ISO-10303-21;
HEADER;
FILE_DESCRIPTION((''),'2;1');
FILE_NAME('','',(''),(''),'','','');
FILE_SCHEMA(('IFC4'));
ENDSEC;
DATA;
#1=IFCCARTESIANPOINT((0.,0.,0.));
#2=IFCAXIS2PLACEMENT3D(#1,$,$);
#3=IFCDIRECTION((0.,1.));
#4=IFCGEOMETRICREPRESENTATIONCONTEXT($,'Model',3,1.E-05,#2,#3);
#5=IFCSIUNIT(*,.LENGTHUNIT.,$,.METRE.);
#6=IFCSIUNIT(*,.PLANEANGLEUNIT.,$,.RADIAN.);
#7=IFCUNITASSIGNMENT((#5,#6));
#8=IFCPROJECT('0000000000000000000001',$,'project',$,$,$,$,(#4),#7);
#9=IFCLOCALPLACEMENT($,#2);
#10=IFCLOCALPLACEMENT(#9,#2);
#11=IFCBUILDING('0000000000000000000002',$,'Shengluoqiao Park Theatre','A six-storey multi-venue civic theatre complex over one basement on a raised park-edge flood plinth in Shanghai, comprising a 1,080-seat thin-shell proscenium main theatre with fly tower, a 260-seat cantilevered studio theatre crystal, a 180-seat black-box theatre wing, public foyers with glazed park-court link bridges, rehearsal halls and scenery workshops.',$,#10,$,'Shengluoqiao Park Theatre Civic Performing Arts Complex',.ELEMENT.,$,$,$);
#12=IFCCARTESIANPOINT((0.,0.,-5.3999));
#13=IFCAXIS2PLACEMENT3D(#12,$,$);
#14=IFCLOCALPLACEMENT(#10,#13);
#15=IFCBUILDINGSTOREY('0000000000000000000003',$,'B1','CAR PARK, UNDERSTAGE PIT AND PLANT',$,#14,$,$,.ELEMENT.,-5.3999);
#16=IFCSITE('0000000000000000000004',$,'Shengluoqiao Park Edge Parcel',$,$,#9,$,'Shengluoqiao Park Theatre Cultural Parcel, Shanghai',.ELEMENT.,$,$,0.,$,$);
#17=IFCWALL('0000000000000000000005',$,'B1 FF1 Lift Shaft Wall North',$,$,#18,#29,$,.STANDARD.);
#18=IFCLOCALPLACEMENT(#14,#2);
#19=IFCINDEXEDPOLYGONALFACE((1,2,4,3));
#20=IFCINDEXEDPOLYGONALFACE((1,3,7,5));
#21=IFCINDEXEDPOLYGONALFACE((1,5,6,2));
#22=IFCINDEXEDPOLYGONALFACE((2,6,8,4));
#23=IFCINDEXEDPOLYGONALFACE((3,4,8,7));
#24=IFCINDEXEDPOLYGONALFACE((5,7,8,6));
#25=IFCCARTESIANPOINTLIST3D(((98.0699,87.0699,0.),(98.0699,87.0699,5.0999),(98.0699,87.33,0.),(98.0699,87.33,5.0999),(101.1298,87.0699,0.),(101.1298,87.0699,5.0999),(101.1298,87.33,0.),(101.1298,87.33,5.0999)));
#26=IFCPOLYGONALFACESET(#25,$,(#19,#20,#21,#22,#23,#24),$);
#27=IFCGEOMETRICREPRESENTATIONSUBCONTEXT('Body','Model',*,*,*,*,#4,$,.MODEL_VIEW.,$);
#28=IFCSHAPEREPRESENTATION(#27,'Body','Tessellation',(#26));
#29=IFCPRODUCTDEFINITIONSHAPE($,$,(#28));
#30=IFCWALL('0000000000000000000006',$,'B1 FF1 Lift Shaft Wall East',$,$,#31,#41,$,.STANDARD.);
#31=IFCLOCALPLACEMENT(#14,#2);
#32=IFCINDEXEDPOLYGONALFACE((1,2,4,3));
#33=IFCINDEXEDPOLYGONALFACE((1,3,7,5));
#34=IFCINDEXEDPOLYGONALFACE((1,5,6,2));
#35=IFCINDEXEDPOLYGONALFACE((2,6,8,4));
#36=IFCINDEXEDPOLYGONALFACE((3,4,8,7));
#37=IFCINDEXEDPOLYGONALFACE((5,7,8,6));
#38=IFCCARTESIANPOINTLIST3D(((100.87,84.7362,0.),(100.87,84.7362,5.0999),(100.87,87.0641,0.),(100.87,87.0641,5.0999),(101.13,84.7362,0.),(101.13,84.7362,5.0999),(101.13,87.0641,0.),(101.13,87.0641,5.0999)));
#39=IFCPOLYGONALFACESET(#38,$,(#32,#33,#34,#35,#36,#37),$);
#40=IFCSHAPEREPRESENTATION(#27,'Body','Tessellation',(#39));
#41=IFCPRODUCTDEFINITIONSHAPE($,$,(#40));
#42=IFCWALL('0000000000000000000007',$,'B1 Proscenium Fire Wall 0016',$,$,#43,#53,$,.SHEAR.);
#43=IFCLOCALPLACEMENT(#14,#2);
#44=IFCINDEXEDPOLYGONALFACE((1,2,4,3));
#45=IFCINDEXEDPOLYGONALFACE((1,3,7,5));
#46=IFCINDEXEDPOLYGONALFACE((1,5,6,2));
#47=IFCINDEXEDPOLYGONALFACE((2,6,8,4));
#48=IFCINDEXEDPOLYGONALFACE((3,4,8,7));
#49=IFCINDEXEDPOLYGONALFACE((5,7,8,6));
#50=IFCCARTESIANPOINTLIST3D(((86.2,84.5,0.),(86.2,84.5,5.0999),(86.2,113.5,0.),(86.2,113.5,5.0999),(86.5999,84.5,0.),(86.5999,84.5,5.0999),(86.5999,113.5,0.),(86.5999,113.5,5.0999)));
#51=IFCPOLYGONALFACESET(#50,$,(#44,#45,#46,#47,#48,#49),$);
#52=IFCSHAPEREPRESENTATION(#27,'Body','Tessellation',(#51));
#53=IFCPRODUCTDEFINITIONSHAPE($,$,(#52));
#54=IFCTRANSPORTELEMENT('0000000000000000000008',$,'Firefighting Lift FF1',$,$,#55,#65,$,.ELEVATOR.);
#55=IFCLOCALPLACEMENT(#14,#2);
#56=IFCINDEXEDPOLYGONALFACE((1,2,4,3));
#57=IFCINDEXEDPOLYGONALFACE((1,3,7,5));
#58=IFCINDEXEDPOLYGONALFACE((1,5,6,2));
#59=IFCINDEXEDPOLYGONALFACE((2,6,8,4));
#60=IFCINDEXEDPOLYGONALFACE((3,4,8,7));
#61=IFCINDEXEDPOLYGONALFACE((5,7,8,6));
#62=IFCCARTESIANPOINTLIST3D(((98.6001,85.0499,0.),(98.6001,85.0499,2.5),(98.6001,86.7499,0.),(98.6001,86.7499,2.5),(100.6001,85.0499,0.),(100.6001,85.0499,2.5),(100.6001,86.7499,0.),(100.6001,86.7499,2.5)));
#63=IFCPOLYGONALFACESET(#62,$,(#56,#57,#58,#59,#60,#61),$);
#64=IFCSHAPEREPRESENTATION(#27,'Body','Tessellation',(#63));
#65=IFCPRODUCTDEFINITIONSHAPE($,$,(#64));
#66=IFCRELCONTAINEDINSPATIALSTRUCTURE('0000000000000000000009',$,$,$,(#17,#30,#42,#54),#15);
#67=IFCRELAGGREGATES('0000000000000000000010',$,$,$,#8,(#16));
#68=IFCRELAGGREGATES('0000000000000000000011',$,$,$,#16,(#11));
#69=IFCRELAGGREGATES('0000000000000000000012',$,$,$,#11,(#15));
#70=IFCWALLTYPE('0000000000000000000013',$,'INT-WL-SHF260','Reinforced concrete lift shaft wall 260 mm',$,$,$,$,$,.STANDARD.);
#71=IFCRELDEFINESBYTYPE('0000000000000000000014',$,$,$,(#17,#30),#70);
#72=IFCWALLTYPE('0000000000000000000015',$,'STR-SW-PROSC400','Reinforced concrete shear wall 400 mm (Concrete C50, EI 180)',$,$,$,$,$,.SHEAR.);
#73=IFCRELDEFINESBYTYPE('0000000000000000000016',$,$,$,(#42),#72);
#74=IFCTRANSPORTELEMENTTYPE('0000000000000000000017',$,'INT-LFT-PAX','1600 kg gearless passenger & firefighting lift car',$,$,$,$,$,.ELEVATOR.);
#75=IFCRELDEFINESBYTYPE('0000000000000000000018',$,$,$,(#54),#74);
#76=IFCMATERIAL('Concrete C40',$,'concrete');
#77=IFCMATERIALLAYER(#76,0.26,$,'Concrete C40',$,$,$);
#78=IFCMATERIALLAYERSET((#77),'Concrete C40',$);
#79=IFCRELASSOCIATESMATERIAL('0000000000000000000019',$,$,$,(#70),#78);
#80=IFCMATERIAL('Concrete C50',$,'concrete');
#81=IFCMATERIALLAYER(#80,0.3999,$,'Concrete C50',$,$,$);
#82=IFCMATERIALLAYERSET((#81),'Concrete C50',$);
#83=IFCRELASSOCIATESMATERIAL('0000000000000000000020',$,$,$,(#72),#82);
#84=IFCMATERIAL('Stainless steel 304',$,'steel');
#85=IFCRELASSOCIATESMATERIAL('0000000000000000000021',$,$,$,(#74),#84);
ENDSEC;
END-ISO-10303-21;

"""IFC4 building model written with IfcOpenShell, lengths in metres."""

from ifc_helpers import new_model, si_unit, direction, frame, frame_2d, origin, origin_2d, place, context, subcontext, project, spatial, rectangle, extrude, material, layer, layer_set, type_object, element, save


model = new_model("IFC4")

# Units and contexts
model_context = context("Model", 3, precision=1e-05, world=origin(), true_north=direction((0.0, 1.0)))
body_context = subcontext(model_context, "Body", "Model", "MODEL_VIEW")
ifc_project = project(units=[si_unit("LENGTHUNIT", "METRE"), si_unit("PLANEANGLEUNIT", "RADIAN")], contexts=[model_context])

# Site, building, storey
site_placement = place(None, origin())
site = spatial("IfcSite", under=ifc_project, at=site_placement, Name="Shengluoqiao Park Edge Parcel", LongName="Shengluoqiao Park Theatre Cultural Parcel, Shanghai", CompositionType="ELEMENT", RefElevation=0.0)
building_placement = place(site_placement, origin())
building = spatial("IfcBuilding", under=site, at=building_placement, Name="Shengluoqiao Park Theatre", Description="A six-storey multi-venue civic theatre complex over one basement on a raised park-edge flood plinth in Shanghai, comprising a 1,080-seat thin-shell proscenium main theatre with fly tower, a 260-seat cantilevered studio theatre crystal, a 180-seat black-box theatre wing, public foyers with glazed park-court link bridges, rehearsal halls and scenery workshops.", LongName="Shengluoqiao Park Theatre Civic Performing Arts Complex", CompositionType="ELEMENT")
storey_placement = place(building_placement, frame((0.0, 0.0, -5.3999)))
storey = spatial("IfcBuildingStorey", under=building, at=storey_placement, Name="B1", Description="CAR PARK, UNDERSTAGE PIT AND PLANT", CompositionType="ELEMENT", Elevation=-5.3999)

# Shared definitions
ifc_material_1 = material(Name="Concrete C40", Category="concrete")

# Shared definitions
ifc_material_2 = material(Name="Concrete C50", Category="concrete")

# Wall
ifc_layer_1 = layer(ifc_material_1, 0.26, Name="Concrete C40")
ifc_layer_set_1 = layer_set([ifc_layer_1], Name="Concrete C40")
wall_type_1 = type_object("IfcWallType", Name="INT-WL-SHF260", Description="Reinforced concrete lift shaft wall 260 mm", PredefinedType="STANDARD", material=ifc_layer_set_1)
for number, where, z_axis, x_axis, name in (
    (1, (98.0701, 87.2, 0.0), (0.0, 0.0, 1.0), (1.0, 0.0, 0.0), "B1 FF1 Lift Shaft Wall North"),
):
    element("IfcWall", number, at=place(storey_placement, frame(where, z_axis=z_axis, x_axis=x_axis)), inside=storey, type_object=wall_type_1, Name=name, PredefinedType="STANDARD", context=body_context, shape_type="SweptSolid", body=[
        extrude(rectangle(XDim=3.0598, YDim=0.26, at=frame_2d((1.5298, 0.0))), origin(), (0.0, 0.0, 1.0), 5.0999),
    ])

# Shared definitions
ifc_material_3 = material(Name="Stainless steel 304", Category="steel")

# Walls
wall_1_placement = place(storey_placement, frame((101.0, 84.7361, 0.0), z_axis=(0.0, 0.0, 1.0), x_axis=(0.0, 1.0, 0.0)))
element("IfcWall", 2, at=wall_1_placement, inside=storey, type_object=wall_type_1, Name="B1 FF1 Lift Shaft Wall East", PredefinedType="STANDARD", context=body_context, shape_type="SweptSolid", body=[
    extrude(rectangle(XDim=2.3279, YDim=0.26, at=frame_2d((1.1641, 0.0))), origin(), (0.0, 0.0, 1.0), 5.0999),
])
ifc_layer_2 = layer(ifc_material_2, 0.3999, Name="Concrete C50")
ifc_layer_set_2 = layer_set([ifc_layer_2], Name="Concrete C50")
wall_type_2 = type_object("IfcWallType", Name="STR-SW-PROSC400", Description="Reinforced concrete shear wall 400 mm (Concrete C50, EI 180)", PredefinedType="SHEAR", material=ifc_layer_set_2)
wall_2_placement = place(storey_placement, frame((86.3999, 84.5, 0.0), z_axis=(0.0, 0.0, 1.0), x_axis=(0.0, 1.0, 0.0)))
element("IfcWall", 3, at=wall_2_placement, inside=storey, type_object=wall_type_2, Name="B1 Proscenium Fire Wall 0016", PredefinedType="SHEAR", context=body_context, shape_type="SweptSolid", body=[
    extrude(rectangle(XDim=29.0, YDim=0.3999, at=frame_2d((14.5, 0.0))), origin(), (0.0, 0.0, 1.0), 5.0999),
])

# Transport element
transport_element_type = type_object("IfcTransportElementType", Name="INT-LFT-PAX", Description="1600 kg gearless passenger & firefighting lift car", PredefinedType="ELEVATOR", material=ifc_material_3)
transport_element_placement = place(storey_placement, frame((99.6001, 85.8999, 0.0), z_axis=(0.0, 0.0, 1.0), x_axis=(1.0, 0.0, 0.0)))
element("IfcTransportElement", 4, at=transport_element_placement, inside=storey, type_object=transport_element_type, Name="Firefighting Lift FF1", PredefinedType="ELEVATOR", context=body_context, shape_type="SweptSolid", body=[
    extrude(rectangle(XDim=2.0, YDim=1.7, at=origin_2d()), origin(), (0.0, 0.0, 1.0), 2.5),
])

save(model, "model.ifc")
